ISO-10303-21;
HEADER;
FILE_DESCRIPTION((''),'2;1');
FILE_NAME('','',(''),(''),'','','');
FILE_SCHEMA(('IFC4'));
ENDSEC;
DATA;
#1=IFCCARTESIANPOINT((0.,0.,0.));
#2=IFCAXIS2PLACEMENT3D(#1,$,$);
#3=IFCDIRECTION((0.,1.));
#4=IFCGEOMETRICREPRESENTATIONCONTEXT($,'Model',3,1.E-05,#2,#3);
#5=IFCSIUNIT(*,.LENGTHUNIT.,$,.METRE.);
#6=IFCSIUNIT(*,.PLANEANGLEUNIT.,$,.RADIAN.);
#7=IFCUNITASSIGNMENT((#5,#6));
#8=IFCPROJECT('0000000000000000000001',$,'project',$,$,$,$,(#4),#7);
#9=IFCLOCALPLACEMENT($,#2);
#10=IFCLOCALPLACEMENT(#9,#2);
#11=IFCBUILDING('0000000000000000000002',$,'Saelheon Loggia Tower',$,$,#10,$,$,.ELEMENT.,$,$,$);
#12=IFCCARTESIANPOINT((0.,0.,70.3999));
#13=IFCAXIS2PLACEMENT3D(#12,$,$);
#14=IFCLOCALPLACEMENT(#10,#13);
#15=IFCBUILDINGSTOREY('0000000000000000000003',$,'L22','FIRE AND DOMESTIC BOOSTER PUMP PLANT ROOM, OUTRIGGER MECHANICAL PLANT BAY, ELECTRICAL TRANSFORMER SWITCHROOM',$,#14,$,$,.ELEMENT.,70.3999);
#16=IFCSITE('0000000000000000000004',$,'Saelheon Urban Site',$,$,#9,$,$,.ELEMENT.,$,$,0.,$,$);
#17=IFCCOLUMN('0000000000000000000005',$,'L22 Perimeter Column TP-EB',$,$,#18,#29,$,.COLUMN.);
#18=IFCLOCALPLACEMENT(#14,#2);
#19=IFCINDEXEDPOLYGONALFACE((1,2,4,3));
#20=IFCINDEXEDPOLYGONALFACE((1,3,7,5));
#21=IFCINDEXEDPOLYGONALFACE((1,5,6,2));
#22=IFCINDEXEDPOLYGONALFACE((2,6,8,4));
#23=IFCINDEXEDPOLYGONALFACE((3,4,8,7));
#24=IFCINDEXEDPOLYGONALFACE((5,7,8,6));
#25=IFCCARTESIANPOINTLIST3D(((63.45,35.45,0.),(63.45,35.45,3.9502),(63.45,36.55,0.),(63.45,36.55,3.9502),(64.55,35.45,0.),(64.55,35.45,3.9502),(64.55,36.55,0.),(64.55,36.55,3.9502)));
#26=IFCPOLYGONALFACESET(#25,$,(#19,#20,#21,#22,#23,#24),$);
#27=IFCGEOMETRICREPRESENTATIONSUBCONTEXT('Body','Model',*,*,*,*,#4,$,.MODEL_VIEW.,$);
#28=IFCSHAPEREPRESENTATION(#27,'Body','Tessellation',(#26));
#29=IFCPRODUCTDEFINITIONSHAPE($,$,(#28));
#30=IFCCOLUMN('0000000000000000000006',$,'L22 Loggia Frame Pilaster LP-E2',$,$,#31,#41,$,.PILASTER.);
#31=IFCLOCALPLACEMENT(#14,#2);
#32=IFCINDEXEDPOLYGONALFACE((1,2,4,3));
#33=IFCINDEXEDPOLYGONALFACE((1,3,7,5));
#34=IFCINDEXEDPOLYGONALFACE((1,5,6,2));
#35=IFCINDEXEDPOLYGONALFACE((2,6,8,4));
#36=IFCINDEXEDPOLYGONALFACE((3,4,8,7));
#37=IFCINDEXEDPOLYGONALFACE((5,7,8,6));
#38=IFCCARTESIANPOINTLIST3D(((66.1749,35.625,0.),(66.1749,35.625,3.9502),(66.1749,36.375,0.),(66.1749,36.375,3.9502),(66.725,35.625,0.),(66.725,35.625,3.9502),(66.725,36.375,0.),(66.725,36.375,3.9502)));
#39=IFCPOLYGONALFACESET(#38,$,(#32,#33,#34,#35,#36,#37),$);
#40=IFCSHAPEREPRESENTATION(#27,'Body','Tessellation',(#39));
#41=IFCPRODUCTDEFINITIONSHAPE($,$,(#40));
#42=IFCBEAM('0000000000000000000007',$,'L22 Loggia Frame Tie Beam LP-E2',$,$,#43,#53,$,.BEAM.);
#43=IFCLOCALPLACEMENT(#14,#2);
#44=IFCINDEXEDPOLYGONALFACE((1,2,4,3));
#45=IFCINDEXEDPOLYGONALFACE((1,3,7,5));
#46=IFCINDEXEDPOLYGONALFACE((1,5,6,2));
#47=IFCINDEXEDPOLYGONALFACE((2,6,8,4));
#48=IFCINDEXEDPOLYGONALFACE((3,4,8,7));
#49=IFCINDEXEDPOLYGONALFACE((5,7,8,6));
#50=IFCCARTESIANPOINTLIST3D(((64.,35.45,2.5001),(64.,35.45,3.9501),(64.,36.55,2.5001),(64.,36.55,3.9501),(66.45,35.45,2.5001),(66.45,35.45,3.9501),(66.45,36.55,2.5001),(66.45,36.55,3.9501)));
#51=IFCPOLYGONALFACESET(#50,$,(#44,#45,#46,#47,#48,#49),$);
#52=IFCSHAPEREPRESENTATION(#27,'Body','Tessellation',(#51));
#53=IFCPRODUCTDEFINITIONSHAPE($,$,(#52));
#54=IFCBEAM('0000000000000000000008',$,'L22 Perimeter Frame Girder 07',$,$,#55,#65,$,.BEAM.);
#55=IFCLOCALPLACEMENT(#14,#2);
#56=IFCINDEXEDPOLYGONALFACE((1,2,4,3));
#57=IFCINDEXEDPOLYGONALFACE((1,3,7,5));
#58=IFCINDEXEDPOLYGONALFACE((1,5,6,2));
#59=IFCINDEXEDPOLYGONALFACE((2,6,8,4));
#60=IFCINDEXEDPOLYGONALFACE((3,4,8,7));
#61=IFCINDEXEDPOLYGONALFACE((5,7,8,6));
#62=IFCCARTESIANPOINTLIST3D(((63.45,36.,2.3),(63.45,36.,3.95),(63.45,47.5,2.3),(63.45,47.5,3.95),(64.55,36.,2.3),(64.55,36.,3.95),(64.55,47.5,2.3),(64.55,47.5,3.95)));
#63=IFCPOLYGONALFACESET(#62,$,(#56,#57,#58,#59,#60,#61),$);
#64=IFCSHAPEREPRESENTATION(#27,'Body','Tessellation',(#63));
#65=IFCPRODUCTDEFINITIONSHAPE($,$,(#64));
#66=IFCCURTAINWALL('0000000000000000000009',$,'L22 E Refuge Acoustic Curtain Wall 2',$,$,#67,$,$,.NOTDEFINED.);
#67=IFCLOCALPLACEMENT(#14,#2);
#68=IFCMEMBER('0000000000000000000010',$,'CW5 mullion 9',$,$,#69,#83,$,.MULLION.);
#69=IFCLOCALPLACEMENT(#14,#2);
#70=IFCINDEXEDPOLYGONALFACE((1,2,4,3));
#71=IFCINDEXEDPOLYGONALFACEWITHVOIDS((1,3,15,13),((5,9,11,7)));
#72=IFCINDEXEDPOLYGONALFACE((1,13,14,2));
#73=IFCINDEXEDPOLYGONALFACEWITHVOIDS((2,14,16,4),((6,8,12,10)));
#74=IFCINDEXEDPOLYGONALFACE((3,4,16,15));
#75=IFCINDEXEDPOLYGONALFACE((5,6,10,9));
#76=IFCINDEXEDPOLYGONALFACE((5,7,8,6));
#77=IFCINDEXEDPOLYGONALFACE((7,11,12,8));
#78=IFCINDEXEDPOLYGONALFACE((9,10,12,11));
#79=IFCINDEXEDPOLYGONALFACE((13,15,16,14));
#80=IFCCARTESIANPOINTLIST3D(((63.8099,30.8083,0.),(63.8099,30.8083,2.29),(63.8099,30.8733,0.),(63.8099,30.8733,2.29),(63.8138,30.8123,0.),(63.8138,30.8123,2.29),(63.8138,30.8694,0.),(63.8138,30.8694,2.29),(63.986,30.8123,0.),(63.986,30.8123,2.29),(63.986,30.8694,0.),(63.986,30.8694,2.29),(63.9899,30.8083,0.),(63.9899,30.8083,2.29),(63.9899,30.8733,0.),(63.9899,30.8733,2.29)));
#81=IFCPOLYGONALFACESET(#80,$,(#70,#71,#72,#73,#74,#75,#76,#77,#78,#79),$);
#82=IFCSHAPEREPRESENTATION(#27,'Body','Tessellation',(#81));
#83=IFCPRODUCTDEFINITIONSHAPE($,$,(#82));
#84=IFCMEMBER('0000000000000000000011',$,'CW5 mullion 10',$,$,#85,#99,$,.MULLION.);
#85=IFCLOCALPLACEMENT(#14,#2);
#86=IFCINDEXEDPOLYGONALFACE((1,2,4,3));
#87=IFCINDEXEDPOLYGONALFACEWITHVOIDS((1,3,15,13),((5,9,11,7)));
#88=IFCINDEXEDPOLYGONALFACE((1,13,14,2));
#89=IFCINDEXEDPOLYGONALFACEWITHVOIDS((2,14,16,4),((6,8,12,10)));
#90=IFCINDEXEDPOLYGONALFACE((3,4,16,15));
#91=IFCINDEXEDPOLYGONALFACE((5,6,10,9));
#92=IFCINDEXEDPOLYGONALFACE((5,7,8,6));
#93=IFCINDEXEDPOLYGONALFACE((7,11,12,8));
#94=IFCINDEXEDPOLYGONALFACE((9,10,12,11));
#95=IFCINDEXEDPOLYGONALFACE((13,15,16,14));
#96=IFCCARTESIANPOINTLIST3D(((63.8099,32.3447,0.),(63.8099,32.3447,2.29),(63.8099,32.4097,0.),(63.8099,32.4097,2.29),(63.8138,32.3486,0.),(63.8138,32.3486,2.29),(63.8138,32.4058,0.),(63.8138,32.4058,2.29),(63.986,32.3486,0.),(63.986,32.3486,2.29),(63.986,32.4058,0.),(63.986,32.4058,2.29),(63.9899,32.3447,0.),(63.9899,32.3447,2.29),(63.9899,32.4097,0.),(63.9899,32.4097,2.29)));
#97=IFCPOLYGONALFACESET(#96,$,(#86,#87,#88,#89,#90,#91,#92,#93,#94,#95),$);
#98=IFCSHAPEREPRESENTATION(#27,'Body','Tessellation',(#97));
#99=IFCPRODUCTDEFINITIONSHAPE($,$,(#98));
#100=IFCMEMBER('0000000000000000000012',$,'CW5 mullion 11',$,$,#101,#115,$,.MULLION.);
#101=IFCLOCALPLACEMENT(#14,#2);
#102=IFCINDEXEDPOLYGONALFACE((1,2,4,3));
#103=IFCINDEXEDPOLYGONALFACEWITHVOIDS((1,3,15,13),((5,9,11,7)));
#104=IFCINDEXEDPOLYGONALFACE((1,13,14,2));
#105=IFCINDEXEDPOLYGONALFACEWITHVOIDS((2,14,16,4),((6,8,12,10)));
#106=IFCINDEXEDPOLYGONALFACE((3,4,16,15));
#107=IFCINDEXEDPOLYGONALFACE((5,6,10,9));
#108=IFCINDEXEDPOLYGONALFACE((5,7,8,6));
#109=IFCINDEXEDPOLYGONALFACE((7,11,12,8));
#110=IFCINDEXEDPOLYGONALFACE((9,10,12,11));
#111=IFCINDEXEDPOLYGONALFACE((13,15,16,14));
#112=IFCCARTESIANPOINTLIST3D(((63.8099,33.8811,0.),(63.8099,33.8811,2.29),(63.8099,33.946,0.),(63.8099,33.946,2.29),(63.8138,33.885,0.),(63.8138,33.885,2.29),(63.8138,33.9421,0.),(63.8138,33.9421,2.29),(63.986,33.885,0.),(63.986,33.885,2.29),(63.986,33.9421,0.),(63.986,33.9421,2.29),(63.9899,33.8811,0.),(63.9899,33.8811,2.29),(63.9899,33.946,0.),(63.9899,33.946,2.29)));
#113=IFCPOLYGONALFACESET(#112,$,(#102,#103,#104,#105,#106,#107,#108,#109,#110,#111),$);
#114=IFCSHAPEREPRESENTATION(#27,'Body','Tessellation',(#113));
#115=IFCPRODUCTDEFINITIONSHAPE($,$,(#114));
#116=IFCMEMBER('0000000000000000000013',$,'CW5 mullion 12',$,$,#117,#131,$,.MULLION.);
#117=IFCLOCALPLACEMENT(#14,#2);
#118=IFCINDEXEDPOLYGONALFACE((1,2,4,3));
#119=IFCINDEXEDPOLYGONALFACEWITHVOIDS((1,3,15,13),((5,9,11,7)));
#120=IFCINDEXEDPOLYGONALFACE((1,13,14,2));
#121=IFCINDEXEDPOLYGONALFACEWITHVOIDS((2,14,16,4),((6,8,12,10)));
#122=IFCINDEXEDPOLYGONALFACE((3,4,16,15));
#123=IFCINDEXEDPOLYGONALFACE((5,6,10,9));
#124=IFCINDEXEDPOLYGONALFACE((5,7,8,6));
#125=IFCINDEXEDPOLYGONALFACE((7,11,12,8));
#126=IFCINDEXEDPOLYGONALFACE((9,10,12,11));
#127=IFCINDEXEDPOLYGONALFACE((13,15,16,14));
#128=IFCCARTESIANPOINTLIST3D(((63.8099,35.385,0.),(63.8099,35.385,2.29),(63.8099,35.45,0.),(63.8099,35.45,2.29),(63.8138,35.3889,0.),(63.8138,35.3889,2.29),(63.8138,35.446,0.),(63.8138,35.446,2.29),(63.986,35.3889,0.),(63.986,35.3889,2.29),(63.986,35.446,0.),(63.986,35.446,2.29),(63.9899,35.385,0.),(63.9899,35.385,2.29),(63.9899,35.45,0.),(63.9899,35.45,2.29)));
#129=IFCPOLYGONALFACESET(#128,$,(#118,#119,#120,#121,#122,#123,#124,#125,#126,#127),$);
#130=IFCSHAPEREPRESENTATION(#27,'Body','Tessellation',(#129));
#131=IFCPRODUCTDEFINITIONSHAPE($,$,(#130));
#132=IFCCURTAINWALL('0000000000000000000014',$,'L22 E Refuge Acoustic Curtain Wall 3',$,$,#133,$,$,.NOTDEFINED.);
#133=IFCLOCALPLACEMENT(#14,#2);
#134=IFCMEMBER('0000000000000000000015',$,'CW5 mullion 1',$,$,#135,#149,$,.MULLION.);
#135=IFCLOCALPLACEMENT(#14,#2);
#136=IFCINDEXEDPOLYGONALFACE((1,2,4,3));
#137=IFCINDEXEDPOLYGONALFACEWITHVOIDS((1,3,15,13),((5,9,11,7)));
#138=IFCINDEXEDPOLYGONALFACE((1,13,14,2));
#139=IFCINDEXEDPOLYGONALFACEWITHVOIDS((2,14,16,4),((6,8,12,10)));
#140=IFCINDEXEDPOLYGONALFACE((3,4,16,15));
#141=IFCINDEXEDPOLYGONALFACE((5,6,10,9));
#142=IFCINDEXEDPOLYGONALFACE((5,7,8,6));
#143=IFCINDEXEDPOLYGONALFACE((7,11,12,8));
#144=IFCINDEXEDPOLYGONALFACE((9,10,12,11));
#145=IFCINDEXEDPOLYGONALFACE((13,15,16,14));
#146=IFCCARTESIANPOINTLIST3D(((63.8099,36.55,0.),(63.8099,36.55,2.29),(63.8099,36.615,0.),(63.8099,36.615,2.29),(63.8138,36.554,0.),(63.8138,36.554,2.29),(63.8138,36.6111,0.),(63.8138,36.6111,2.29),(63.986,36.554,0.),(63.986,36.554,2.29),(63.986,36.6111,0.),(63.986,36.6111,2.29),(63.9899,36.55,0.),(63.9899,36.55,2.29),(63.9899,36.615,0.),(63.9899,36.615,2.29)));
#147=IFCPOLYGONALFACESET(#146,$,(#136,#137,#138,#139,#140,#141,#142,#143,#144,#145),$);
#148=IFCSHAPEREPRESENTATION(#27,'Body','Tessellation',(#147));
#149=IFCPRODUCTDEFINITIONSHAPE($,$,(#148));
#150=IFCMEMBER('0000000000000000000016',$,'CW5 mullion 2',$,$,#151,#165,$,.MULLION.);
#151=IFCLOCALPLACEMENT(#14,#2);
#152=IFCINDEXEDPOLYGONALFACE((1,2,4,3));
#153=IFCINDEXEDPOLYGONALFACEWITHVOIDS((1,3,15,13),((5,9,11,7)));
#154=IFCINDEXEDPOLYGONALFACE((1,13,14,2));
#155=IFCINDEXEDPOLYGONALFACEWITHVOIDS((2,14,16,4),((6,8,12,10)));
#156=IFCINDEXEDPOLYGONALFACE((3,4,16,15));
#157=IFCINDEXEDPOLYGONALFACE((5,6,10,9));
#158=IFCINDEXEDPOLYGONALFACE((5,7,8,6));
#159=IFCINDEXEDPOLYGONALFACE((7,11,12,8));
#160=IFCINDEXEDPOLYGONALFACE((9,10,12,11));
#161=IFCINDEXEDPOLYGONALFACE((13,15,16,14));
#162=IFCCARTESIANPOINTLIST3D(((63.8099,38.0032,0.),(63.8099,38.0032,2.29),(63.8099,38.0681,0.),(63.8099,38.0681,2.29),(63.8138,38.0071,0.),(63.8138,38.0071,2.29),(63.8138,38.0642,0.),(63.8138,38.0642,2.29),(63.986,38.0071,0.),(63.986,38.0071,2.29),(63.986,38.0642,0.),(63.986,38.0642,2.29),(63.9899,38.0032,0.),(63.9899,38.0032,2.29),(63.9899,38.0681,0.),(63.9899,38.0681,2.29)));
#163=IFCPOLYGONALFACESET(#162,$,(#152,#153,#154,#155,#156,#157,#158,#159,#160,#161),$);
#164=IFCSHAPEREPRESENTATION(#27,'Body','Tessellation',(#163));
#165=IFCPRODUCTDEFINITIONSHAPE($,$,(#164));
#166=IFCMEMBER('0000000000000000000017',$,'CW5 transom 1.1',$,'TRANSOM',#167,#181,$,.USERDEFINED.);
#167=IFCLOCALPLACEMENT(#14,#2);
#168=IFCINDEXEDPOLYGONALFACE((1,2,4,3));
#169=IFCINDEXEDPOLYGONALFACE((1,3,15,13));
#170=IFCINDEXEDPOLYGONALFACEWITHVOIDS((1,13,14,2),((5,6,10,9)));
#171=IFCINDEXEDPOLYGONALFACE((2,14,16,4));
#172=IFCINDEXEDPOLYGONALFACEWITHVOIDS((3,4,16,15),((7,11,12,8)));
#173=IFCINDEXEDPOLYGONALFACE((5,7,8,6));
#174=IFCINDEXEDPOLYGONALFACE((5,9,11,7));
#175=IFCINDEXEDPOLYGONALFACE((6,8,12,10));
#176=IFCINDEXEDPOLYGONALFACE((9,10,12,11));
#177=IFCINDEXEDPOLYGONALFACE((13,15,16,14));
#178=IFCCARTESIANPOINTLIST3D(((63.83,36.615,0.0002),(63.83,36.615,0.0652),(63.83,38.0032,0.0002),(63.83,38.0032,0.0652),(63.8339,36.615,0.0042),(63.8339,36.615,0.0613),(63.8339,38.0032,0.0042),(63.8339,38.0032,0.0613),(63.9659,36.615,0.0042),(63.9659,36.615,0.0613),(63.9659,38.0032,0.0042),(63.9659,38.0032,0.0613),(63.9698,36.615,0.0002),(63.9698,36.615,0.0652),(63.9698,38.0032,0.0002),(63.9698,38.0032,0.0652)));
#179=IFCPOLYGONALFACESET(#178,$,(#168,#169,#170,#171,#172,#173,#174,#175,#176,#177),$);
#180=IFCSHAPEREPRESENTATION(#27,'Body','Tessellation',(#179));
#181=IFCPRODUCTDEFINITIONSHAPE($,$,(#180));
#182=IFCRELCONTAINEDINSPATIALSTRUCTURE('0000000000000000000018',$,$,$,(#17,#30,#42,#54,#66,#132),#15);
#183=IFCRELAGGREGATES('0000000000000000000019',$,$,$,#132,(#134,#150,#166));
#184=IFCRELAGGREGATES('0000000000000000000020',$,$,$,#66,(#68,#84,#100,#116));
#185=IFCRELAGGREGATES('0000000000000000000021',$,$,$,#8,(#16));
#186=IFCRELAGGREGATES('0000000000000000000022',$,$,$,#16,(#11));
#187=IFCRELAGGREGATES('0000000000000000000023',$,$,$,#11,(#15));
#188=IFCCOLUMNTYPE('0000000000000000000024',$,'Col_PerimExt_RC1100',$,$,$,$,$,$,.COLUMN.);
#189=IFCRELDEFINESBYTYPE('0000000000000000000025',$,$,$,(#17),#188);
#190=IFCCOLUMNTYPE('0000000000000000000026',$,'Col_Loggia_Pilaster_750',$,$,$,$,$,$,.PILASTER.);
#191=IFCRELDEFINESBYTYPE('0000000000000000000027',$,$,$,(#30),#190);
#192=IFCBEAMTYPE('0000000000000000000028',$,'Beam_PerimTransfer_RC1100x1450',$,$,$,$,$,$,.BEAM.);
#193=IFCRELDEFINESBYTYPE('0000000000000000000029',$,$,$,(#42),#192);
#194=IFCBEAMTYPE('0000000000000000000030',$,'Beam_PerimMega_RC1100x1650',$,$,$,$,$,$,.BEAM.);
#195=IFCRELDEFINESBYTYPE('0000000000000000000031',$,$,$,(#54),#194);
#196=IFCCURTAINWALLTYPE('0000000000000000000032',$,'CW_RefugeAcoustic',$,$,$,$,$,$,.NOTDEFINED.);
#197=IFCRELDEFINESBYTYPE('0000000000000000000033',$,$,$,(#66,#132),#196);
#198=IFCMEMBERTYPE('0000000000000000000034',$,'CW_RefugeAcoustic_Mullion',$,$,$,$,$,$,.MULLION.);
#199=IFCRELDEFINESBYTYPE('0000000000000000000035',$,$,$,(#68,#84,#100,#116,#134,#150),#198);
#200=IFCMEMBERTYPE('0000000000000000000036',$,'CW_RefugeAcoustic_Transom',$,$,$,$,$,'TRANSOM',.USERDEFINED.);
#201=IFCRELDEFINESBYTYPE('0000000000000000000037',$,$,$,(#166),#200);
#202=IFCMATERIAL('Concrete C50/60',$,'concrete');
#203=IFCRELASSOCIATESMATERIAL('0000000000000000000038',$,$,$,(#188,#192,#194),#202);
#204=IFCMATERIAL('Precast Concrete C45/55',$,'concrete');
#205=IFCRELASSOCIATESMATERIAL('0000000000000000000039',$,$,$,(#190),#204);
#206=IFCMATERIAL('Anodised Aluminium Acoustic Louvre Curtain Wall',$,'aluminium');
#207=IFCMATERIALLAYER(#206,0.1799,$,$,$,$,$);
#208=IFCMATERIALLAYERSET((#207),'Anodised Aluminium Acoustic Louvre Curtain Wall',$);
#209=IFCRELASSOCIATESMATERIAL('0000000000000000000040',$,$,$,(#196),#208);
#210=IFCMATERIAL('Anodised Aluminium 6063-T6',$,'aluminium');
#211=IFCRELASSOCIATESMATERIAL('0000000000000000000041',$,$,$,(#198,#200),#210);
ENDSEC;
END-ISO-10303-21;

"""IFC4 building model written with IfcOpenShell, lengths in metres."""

from ifc_helpers import new_model, si_unit, direction, frame, origin, origin_2d, place, context, subcontext, project, spatial, rectangle, hollow_rectangle, extrude, source, transform, mapped, material, layer, layer_set, material_profile, profile_set, type_object, element, aggregate, save


model = new_model("IFC4")

# Units and contexts
model_context = context("Model", 3, precision=1e-05, world=origin(), true_north=direction((0.0, 1.0)))
body_context = subcontext(model_context, "Body", "Model", "MODEL_VIEW")
ifc_project = project(units=[si_unit("LENGTHUNIT", "METRE"), si_unit("PLANEANGLEUNIT", "RADIAN")], contexts=[model_context])

# Site, building, storey
site_placement = place(None, origin())
site = spatial("IfcSite", under=ifc_project, at=site_placement, Name="Saelheon Urban Site", CompositionType="ELEMENT", RefElevation=0.0)
building_placement = place(site_placement, origin())
building = spatial("IfcBuilding", under=site, at=building_placement, Name="Saelheon Loggia Tower", CompositionType="ELEMENT")
storey_placement = place(building_placement, frame((0.0, 0.0, 70.3999)))
storey = spatial("IfcBuildingStorey", under=building, at=storey_placement, Name="L22", Description="FIRE AND DOMESTIC BOOSTER PUMP PLANT ROOM, OUTRIGGER MECHANICAL PLANT BAY, ELECTRICAL TRANSFORMER SWITCHROOM", CompositionType="ELEMENT", Elevation=70.3999)

# Columns
ifc_material_1 = material(Name="Concrete C50/60", Category="concrete")
ifc_material_profile_1 = material_profile(ifc_material_1, rectangle(XDim=1.1001, YDim=1.1001, at=origin_2d()), Name="RC-1100x1100")
ifc_profile_set_1 = profile_set([ifc_material_profile_1], Name="Concrete C50/60")
column_type_1 = type_object("IfcColumnType", Name="Col_PerimExt_RC1100", PredefinedType="COLUMN", material=ifc_profile_set_1)
shared_shape_1 = source(origin(), body_context, "Body", "SweptSolid", [
    extrude(rectangle(XDim=1.1001, YDim=1.1001, at=origin_2d()), origin(), (0.0, 0.0, 1.0), 3.9502),
])
column_1_placement = place(storey_placement, frame((64.0, 36.0, 0.0), z_axis=(0.0, 0.0, 1.0), x_axis=(1.0, 0.0, 0.0)))
element("IfcColumn", 1, at=column_1_placement, inside=storey, type_object=column_type_1, Name="L22 Perimeter Column TP-EB", PredefinedType="COLUMN", context=body_context, shape_type="MappedRepresentation", body=[
    mapped(shared_shape_1, transform((0.0, 0.0, 0.0), scale=1.0)),
])
ifc_material_2 = material(Name="Precast Concrete C45/55", Category="concrete")
ifc_material_profile_2 = material_profile(ifc_material_2, rectangle(XDim=0.55, YDim=0.75, at=origin_2d()), Name="RC-550x750")
ifc_profile_set_2 = profile_set([ifc_material_profile_2], Name="Precast Concrete C45/55")
column_type_2 = type_object("IfcColumnType", Name="Col_Loggia_Pilaster_750", PredefinedType="PILASTER", material=ifc_profile_set_2)
shared_shape_2 = source(origin(), body_context, "Body", "SweptSolid", [
    extrude(rectangle(XDim=0.55, YDim=0.75, at=origin_2d()), origin(), (0.0, 0.0, 1.0), 3.9502),
])
column_2_placement = place(storey_placement, frame((66.45, 36.0, 0.0), z_axis=(0.0, 0.0, 1.0), x_axis=(1.0, 0.0, 0.0)))
element("IfcColumn", 2, at=column_2_placement, inside=storey, type_object=column_type_2, Name="L22 Loggia Frame Pilaster LP-E2", PredefinedType="PILASTER", context=body_context, shape_type="MappedRepresentation", body=[
    mapped(shared_shape_2, transform((0.0, 0.0, 0.0), scale=1.0)),
])

# Beams
ifc_material_profile_3 = material_profile(ifc_material_1, rectangle(XDim=1.1001, YDim=1.45, at=origin_2d()), Name="RC-1100x1450")
ifc_profile_set_3 = profile_set([ifc_material_profile_3], Name="Concrete C50/60")
beam_type_1 = type_object("IfcBeamType", Name="Beam_PerimTransfer_RC1100x1450", PredefinedType="BEAM", material=ifc_profile_set_3)
shared_shape_3 = source(origin(), body_context, "Body", "SweptSolid", [
    extrude(rectangle(XDim=1.1001, YDim=1.45, at=origin_2d()), origin(), (0.0, 0.0, 1.0), 2.45),
])
beam_1_placement = place(storey_placement, frame((64.0, 36.0, 3.2251), z_axis=(1.0, 0.0, 0.0), x_axis=(0.0, 1.0, 0.0)))
element("IfcBeam", 3, at=beam_1_placement, inside=storey, type_object=beam_type_1, Name="L22 Loggia Frame Tie Beam LP-E2", PredefinedType="BEAM", context=body_context, shape_type="MappedRepresentation", body=[
    mapped(shared_shape_3, transform((0.0, 0.0, 0.0), scale=1.0)),
])
ifc_material_profile_4 = material_profile(ifc_material_1, rectangle(XDim=1.1001, YDim=1.6499, at=origin_2d()), Name="RC-1100x1650")
ifc_profile_set_4 = profile_set([ifc_material_profile_4], Name="Concrete C50/60")
beam_type_2 = type_object("IfcBeamType", Name="Beam_PerimMega_RC1100x1650", PredefinedType="BEAM", material=ifc_profile_set_4)
shared_shape_4 = source(origin(), body_context, "Body", "SweptSolid", [
    extrude(rectangle(XDim=1.1001, YDim=1.6499, at=origin_2d()), origin(), (0.0, 0.0, 1.0), 11.5),
])
beam_2_placement = place(storey_placement, frame((64.0, 36.0, 3.125), z_axis=(0.0, 1.0, 0.0), x_axis=(-1.0, 0.0, 0.0)))
element("IfcBeam", 4, at=beam_2_placement, inside=storey, type_object=beam_type_2, Name="L22 Perimeter Frame Girder 07", PredefinedType="BEAM", context=body_context, shape_type="MappedRepresentation", body=[
    mapped(shared_shape_4, transform((0.0, 0.0, 0.0), scale=1.0)),
])

# Curtain walls, members
ifc_material_3 = material(Name="Anodised Aluminium Acoustic Louvre Curtain Wall", Category="aluminium")
ifc_layer_1 = layer(ifc_material_3, 0.1799)
ifc_layer_set_1 = layer_set([ifc_layer_1], Name="Anodised Aluminium Acoustic Louvre Curtain Wall")
curtain_wall_type = type_object("IfcCurtainWallType", Name="CW_RefugeAcoustic", PredefinedType="NOTDEFINED", material=ifc_layer_set_1)
curtain_wall_1_placement = place(storey_placement, origin())
curtain_wall_1 = element("IfcCurtainWall", 5, at=curtain_wall_1_placement, inside=storey, type_object=curtain_wall_type, Name="L22 E Refuge Acoustic Curtain Wall 2", PredefinedType="NOTDEFINED")
ifc_material_4 = material(Name="Anodised Aluminium 6063-T6", Category="aluminium")
ifc_material_profile_5 = material_profile(ifc_material_4, hollow_rectangle(XDim=0.0649, YDim=0.1799, WallThickness=0.0039, at=origin_2d()), Name="RHS-180x65x4")
ifc_profile_set_5 = profile_set([ifc_material_profile_5], Name="Anodised Aluminium 6063-T6")
member_type_1 = type_object("IfcMemberType", Name="CW_RefugeAcoustic_Mullion", PredefinedType="MULLION", material=ifc_profile_set_5)
shared_shape_5 = source(origin(), body_context, "Body", "SweptSolid", [
    extrude(hollow_rectangle(XDim=0.0649, YDim=0.1799, WallThickness=0.0039, at=origin_2d()), origin(), (0.0, 0.0, 1.0), 2.29),
])
member_1_placement = place(storey_placement, frame((63.8999, 30.8408, 0.0), z_axis=(0.0, 0.0, 1.0), x_axis=(0.0, 1.0, 0.0)))
member_1 = element("IfcMember", 6, at=member_1_placement, type_object=member_type_1, Name="CW5 mullion 9", PredefinedType="MULLION", context=body_context, shape_type="MappedRepresentation", body=[
    mapped(shared_shape_5, transform((0.0, 0.0, 0.0), scale=1.0)),
])
member_2_placement = place(storey_placement, frame((63.8999, 32.3772, 0.0), z_axis=(0.0, 0.0, 1.0), x_axis=(0.0, 1.0, 0.0)))
member_2 = element("IfcMember", 7, at=member_2_placement, type_object=member_type_1, Name="CW5 mullion 10", PredefinedType="MULLION", context=body_context, shape_type="MappedRepresentation", body=[
    mapped(shared_shape_5, transform((0.0, 0.0, 0.0), scale=1.0)),
])
member_3_placement = place(storey_placement, frame((63.8999, 33.9136, 0.0), z_axis=(0.0, 0.0, 1.0), x_axis=(0.0, 1.0, 0.0)))
member_3 = element("IfcMember", 8, at=member_3_placement, type_object=member_type_1, Name="CW5 mullion 11", PredefinedType="MULLION", context=body_context, shape_type="MappedRepresentation", body=[
    mapped(shared_shape_5, transform((0.0, 0.0, 0.0), scale=1.0)),
])
member_4_placement = place(storey_placement, frame((63.8999, 35.4175, 0.0), z_axis=(0.0, 0.0, 1.0), x_axis=(0.0, 1.0, 0.0)))
member_4 = element("IfcMember", 9, at=member_4_placement, type_object=member_type_1, Name="CW5 mullion 12", PredefinedType="MULLION", context=body_context, shape_type="MappedRepresentation", body=[
    mapped(shared_shape_5, transform((0.0, 0.0, 0.0), scale=1.0)),
])
curtain_wall_2_placement = place(storey_placement, origin())
curtain_wall_2 = element("IfcCurtainWall", 10, at=curtain_wall_2_placement, inside=storey, type_object=curtain_wall_type, Name="L22 E Refuge Acoustic Curtain Wall 3", PredefinedType="NOTDEFINED")
member_5_placement = place(storey_placement, frame((63.8999, 36.5825, 0.0), z_axis=(0.0, 0.0, 1.0), x_axis=(0.0, 1.0, 0.0)))
member_5 = element("IfcMember", 11, at=member_5_placement, type_object=member_type_1, Name="CW5 mullion 1", PredefinedType="MULLION", context=body_context, shape_type="MappedRepresentation", body=[
    mapped(shared_shape_5, transform((0.0, 0.0, 0.0), scale=1.0)),
])
member_6_placement = place(storey_placement, frame((63.8999, 38.0356, 0.0), z_axis=(0.0, 0.0, 1.0), x_axis=(0.0, 1.0, 0.0)))
member_6 = element("IfcMember", 12, at=member_6_placement, type_object=member_type_1, Name="CW5 mullion 2", PredefinedType="MULLION", context=body_context, shape_type="MappedRepresentation", body=[
    mapped(shared_shape_5, transform((0.0, 0.0, 0.0), scale=1.0)),
])
ifc_material_profile_6 = material_profile(ifc_material_4, hollow_rectangle(XDim=0.0649, YDim=0.1399, WallThickness=0.0039, at=origin_2d()), Name="RHS-140x65x4")
ifc_profile_set_6 = profile_set([ifc_material_profile_6], Name="Anodised Aluminium 6063-T6")
member_type_2 = type_object("IfcMemberType", Name="CW_RefugeAcoustic_Transom", ElementType="TRANSOM", PredefinedType="USERDEFINED", material=ifc_profile_set_6)
shared_shape_6 = source(origin(), body_context, "Body", "SweptSolid", [
    extrude(hollow_rectangle(XDim=0.0649, YDim=0.1399, WallThickness=0.0039, at=origin_2d()), origin(), (0.0, 0.0, 1.0), 1.3882),
])
member_7_placement = place(storey_placement, frame((63.8999, 36.615, 0.0327), z_axis=(0.0, 1.0, 0.0), x_axis=(0.0, 0.0, 1.0)))
member_7 = element("IfcMember", 13, at=member_7_placement, type_object=member_type_2, Name="CW5 transom 1.1", ObjectType="TRANSOM", PredefinedType="USERDEFINED", context=body_context, shape_type="MappedRepresentation", body=[
    mapped(shared_shape_6, transform((0.0, 0.0, 0.0), scale=1.0)),
])

aggregate(curtain_wall_2, [member_5, member_6, member_7])
aggregate(curtain_wall_1, [member_1, member_2, member_3, member_4])

save(model, "model.ifc")
